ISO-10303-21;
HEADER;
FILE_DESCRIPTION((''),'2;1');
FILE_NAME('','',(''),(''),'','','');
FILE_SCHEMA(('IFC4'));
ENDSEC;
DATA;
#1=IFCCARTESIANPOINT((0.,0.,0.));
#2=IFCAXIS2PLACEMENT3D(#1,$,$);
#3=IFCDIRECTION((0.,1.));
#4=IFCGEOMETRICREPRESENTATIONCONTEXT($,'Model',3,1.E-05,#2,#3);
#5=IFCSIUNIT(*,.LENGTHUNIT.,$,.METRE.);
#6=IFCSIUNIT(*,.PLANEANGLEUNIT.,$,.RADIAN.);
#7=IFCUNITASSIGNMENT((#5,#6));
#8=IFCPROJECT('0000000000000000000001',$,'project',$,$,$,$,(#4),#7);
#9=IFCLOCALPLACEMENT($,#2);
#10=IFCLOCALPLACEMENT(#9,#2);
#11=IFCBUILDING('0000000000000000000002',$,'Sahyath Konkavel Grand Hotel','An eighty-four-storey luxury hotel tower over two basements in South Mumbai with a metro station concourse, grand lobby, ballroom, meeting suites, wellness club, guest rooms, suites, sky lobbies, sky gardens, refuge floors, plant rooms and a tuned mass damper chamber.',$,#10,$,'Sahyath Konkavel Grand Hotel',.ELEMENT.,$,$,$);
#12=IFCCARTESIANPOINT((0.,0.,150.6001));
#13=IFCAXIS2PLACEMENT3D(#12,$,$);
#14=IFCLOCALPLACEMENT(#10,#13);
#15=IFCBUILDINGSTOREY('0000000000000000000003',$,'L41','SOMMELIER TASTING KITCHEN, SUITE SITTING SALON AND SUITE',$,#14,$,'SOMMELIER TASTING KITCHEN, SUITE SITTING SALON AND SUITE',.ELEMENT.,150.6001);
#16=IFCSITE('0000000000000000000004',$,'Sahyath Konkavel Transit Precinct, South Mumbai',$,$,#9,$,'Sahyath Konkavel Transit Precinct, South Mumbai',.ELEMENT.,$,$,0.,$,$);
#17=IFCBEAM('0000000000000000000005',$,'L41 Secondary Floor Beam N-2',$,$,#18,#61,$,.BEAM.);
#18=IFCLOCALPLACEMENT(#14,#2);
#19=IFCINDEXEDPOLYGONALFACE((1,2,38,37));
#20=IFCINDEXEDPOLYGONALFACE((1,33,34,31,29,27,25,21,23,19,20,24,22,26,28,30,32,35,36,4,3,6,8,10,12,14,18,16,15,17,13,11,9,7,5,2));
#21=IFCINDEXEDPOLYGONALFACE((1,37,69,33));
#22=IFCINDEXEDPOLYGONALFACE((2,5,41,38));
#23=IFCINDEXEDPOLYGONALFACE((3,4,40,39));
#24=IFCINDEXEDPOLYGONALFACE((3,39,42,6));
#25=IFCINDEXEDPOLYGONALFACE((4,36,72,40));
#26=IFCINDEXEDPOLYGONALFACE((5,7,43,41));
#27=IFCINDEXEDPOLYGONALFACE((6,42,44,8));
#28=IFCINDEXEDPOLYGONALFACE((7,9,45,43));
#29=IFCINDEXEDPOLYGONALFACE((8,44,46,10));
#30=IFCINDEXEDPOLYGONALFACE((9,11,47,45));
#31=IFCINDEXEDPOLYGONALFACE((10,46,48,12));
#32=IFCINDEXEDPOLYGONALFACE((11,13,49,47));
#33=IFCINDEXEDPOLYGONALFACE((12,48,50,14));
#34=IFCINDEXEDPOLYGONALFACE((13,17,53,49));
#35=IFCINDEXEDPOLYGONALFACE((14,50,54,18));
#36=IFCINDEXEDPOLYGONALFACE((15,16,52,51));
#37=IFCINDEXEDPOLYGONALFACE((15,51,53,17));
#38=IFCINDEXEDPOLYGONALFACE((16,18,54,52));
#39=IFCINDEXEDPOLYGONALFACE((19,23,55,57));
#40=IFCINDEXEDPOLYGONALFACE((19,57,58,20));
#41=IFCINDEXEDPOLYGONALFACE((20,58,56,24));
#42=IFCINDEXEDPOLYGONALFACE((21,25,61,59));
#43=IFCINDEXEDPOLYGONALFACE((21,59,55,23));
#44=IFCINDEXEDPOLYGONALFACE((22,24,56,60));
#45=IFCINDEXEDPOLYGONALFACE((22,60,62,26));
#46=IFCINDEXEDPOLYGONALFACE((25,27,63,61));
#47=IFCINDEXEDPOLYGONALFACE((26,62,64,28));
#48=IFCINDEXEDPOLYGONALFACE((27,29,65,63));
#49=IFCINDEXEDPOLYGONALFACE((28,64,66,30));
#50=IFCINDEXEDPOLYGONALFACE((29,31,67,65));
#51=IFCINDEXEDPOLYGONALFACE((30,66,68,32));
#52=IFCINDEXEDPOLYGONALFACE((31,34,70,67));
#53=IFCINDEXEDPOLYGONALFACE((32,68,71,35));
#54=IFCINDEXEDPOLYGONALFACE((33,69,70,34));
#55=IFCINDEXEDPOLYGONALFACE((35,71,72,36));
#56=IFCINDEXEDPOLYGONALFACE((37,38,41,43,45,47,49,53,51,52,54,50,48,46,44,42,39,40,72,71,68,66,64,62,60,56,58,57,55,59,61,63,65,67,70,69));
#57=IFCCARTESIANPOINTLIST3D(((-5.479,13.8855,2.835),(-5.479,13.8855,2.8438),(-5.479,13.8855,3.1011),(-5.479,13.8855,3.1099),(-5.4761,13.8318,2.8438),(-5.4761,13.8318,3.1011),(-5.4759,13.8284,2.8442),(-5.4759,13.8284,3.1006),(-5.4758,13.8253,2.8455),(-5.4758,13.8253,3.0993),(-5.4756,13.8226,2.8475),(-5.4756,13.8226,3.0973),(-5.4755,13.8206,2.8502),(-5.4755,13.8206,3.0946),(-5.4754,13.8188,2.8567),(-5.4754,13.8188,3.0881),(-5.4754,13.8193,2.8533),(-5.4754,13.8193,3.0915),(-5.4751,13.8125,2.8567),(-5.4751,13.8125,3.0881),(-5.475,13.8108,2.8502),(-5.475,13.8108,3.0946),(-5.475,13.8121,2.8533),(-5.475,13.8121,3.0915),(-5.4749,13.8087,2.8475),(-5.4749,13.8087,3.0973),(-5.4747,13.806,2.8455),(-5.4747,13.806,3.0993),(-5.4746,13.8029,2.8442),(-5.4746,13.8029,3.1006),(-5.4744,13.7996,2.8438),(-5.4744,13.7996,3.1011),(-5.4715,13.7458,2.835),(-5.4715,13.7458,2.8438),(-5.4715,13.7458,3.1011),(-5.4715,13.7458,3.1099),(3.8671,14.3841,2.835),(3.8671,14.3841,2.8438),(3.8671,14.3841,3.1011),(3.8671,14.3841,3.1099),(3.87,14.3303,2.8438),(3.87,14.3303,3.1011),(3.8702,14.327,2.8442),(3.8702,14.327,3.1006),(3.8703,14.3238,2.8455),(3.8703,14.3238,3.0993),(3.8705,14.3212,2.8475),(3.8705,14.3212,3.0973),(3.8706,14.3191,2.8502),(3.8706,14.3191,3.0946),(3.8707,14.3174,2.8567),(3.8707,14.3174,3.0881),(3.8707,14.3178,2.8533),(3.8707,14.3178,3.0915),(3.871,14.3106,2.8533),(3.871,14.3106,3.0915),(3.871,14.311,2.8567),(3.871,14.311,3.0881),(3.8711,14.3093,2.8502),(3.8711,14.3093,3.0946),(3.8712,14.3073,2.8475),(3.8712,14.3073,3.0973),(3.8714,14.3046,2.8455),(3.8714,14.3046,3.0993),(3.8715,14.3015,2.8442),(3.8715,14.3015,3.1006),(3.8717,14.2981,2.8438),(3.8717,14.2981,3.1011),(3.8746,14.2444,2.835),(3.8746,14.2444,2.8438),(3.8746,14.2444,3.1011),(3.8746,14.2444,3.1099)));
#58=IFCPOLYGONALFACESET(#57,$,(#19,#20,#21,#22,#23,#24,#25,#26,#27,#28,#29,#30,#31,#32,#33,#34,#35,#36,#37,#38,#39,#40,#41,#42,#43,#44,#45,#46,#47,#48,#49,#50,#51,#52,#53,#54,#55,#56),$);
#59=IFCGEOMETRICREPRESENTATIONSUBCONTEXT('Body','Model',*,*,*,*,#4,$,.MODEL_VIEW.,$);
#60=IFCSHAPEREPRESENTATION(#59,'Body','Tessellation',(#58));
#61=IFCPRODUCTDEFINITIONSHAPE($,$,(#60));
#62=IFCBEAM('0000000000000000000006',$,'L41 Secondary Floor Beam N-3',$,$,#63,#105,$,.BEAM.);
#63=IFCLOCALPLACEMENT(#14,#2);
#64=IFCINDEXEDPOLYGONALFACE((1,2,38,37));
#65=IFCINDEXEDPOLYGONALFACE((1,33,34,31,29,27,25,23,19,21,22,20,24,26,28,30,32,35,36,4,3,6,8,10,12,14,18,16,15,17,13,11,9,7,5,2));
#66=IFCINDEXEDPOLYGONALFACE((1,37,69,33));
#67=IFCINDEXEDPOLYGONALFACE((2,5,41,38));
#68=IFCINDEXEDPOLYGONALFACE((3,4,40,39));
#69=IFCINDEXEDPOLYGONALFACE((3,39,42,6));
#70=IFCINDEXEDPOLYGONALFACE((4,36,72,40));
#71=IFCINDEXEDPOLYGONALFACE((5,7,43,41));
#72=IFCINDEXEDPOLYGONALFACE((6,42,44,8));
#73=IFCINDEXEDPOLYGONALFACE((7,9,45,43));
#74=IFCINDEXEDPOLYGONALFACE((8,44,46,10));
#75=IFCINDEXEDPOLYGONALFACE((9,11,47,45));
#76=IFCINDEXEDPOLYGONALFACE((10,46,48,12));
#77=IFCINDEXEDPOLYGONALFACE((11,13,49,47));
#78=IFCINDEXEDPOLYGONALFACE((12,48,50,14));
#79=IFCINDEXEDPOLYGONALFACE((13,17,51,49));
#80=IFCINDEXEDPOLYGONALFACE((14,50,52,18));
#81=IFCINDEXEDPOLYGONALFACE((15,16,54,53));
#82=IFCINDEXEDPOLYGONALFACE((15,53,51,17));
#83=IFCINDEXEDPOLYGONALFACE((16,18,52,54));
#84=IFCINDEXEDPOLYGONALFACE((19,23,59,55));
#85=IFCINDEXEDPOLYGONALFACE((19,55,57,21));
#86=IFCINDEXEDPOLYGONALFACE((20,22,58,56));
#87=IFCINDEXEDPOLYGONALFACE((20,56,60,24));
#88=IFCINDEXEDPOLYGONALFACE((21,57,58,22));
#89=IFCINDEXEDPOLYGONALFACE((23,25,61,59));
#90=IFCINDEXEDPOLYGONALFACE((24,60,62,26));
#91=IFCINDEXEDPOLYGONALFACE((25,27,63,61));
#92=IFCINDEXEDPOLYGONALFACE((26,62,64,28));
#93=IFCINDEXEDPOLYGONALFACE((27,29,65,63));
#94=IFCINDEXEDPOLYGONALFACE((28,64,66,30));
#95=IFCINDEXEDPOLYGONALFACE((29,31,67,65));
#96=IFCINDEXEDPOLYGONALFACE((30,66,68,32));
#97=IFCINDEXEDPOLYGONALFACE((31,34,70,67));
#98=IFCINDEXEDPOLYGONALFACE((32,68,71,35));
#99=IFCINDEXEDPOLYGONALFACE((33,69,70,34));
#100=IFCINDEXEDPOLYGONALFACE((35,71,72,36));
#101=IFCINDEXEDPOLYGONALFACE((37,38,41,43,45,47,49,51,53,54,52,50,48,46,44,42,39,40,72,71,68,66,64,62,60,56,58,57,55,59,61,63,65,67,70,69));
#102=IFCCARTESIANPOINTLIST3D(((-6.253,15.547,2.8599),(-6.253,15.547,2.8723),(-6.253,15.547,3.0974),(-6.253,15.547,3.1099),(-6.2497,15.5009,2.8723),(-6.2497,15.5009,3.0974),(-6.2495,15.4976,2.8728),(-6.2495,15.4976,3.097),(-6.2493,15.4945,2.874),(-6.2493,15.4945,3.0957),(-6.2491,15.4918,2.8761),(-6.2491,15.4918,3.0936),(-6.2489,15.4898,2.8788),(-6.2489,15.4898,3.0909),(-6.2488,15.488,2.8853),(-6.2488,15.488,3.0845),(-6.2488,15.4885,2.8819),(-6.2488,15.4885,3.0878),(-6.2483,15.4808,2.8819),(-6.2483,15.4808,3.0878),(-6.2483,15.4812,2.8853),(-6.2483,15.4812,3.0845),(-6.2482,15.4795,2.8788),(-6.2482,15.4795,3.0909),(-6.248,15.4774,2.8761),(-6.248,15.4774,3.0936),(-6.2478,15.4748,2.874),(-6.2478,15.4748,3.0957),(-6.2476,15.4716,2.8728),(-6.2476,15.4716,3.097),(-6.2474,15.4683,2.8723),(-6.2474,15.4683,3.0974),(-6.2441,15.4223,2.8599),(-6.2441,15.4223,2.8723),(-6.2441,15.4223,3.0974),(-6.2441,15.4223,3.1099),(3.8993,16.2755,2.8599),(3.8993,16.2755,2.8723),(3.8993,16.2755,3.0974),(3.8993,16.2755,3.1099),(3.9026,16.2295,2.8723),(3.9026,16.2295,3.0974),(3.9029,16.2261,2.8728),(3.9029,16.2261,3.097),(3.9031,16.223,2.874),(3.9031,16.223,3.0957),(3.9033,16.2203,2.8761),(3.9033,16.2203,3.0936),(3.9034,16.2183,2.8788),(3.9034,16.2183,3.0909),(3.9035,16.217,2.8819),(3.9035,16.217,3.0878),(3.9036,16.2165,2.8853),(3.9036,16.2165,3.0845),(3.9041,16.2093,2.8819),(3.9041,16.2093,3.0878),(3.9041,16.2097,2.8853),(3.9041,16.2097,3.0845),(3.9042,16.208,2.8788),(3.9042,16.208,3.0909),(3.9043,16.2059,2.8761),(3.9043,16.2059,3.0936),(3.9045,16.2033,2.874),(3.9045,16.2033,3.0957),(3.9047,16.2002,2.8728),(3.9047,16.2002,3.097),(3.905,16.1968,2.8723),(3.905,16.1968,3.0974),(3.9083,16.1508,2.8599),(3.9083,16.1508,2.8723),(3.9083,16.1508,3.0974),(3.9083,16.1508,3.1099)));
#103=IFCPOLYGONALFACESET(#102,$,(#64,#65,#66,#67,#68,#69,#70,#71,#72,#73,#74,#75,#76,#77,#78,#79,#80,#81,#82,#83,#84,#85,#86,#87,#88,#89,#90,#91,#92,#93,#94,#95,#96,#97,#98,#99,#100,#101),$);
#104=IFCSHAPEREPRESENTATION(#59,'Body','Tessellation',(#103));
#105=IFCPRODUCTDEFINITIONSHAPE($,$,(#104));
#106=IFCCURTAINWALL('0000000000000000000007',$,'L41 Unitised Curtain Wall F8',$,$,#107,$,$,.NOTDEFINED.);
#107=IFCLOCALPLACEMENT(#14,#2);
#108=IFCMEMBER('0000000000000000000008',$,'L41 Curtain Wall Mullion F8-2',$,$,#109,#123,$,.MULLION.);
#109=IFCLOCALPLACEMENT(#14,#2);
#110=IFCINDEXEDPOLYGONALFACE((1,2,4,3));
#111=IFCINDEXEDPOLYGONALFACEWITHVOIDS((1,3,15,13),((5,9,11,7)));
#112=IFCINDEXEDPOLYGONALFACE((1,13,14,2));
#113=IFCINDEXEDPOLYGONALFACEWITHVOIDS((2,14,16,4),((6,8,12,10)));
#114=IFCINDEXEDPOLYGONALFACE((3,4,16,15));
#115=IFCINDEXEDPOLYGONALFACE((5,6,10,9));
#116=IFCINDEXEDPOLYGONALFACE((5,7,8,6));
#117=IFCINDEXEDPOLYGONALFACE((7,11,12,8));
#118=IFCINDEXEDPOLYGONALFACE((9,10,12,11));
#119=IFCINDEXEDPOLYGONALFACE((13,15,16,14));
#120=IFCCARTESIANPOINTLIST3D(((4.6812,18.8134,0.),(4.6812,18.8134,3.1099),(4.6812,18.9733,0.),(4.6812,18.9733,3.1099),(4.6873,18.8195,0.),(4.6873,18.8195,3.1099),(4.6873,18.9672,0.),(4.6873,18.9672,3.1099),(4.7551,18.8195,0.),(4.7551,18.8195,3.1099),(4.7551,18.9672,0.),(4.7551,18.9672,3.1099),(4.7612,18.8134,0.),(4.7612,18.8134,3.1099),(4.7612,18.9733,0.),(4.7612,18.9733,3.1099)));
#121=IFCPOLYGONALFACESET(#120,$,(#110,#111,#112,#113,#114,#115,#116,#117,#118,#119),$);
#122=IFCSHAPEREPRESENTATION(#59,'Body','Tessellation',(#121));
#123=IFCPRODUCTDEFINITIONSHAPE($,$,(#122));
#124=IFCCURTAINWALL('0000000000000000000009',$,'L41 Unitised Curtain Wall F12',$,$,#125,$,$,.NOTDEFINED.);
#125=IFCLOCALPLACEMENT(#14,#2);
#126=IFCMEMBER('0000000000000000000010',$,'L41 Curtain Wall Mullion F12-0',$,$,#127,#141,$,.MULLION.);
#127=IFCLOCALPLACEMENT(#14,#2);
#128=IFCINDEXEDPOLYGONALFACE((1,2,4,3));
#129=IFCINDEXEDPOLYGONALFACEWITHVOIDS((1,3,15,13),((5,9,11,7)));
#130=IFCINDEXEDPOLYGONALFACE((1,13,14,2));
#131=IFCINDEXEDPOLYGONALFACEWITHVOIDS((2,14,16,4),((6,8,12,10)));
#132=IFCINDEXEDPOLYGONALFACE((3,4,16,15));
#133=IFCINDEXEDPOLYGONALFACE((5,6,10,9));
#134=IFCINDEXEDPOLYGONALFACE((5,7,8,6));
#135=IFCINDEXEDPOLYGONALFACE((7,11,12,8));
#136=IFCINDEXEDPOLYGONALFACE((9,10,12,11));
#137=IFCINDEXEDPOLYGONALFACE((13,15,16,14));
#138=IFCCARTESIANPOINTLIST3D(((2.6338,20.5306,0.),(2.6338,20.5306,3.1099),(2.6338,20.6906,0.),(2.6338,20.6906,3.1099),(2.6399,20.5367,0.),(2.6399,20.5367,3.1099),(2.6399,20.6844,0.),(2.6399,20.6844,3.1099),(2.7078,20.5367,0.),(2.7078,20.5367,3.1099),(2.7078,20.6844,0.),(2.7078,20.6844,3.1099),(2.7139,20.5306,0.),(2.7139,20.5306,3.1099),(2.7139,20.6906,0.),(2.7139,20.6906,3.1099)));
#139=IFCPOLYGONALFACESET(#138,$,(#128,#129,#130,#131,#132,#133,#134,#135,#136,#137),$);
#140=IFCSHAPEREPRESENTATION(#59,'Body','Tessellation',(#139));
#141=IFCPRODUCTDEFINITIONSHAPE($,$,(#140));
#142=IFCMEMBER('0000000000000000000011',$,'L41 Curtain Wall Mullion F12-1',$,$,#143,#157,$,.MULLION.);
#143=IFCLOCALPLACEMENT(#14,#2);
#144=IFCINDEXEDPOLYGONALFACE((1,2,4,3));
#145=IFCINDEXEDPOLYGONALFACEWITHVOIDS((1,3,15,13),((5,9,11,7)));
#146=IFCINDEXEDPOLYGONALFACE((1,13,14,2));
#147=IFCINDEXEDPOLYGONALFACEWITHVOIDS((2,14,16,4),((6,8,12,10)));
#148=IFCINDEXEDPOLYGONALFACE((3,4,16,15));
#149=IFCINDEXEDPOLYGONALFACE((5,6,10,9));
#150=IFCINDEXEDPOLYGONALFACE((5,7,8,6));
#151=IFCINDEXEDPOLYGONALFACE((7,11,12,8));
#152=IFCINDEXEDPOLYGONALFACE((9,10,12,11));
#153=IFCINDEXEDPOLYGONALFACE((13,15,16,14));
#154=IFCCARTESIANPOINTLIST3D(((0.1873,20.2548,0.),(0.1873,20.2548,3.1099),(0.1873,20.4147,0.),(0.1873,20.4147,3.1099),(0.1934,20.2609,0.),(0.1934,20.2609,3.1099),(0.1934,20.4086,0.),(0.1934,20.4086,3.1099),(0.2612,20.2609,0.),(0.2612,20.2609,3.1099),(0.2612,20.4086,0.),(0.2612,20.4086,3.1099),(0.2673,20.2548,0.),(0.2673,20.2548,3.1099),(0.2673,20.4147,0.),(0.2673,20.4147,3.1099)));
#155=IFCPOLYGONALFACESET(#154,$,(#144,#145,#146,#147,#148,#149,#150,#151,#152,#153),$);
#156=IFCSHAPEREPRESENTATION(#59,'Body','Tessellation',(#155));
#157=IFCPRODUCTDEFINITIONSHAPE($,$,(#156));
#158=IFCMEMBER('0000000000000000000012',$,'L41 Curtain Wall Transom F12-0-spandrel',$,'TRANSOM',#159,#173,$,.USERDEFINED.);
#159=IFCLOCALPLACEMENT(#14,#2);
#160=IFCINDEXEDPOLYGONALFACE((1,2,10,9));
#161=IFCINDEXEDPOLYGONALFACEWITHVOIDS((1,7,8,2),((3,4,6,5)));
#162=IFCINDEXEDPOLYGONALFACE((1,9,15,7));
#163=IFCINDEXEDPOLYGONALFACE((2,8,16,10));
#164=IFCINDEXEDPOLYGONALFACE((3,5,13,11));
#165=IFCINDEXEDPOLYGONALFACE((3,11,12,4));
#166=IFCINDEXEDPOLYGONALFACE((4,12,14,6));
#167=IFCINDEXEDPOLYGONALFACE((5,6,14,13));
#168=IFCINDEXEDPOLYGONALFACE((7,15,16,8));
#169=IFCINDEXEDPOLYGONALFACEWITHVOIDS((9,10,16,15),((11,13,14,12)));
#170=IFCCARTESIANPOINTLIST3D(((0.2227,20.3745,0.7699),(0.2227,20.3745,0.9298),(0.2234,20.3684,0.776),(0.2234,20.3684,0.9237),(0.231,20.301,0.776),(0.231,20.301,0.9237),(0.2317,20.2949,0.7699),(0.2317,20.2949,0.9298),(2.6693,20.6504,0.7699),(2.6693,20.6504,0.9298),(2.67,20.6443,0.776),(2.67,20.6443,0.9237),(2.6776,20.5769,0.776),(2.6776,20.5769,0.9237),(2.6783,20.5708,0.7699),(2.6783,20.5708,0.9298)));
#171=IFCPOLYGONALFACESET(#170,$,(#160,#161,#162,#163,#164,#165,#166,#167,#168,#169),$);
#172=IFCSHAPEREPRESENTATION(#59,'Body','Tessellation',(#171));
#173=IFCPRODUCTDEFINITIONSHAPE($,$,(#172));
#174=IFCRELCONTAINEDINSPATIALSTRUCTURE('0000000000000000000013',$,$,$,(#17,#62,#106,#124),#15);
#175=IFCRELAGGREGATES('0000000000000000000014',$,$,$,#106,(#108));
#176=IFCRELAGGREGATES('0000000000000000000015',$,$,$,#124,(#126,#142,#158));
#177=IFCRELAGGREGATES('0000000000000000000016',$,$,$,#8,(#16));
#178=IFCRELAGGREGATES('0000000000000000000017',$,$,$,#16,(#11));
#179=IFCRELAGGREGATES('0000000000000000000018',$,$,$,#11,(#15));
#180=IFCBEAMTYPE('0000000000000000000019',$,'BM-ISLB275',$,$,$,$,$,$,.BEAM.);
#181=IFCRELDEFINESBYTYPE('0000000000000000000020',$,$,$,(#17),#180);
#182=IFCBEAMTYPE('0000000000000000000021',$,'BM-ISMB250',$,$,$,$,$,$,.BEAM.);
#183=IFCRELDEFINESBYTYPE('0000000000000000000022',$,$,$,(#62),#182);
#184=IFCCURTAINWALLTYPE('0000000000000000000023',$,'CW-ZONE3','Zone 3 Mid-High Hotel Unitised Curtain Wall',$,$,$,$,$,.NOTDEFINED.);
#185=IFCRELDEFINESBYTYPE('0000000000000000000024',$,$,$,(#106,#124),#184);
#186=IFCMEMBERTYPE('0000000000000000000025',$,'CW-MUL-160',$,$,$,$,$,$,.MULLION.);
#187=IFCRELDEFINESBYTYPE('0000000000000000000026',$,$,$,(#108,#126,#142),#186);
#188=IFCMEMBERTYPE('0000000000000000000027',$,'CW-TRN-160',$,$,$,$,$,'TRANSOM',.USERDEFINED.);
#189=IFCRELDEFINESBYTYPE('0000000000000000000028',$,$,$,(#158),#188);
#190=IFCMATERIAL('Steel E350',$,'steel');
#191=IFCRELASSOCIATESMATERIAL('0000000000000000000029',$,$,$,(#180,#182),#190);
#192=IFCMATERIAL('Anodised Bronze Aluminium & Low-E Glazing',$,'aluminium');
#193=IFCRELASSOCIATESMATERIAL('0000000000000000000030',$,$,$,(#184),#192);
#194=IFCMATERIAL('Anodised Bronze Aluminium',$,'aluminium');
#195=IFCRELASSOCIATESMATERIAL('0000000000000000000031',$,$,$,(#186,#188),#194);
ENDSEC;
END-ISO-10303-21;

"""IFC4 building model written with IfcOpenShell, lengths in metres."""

from ifc_helpers import new_model, si_unit, direction, frame, origin, origin_2d, place, context, subcontext, project, spatial, hollow_rectangle, i_section, extrude, source, transform, mapped, material, material_profile, profile_set, type_object, element, aggregate, save


model = new_model("IFC4")

# Units and contexts
model_context = context("Model", 3, precision=1e-05, world=origin(), true_north=direction((0.0, 1.0)))
body_context = subcontext(model_context, "Body", "Model", "MODEL_VIEW")
ifc_project = project(units=[si_unit("LENGTHUNIT", "METRE"), si_unit("PLANEANGLEUNIT", "RADIAN")], contexts=[model_context])

# Site, building, storey
site_placement = place(None, origin())
site = spatial("IfcSite", under=ifc_project, at=site_placement, Name="Sahyath Konkavel Transit Precinct, South Mumbai", LongName="Sahyath Konkavel Transit Precinct, South Mumbai", CompositionType="ELEMENT", RefElevation=0.0)
building_placement = place(site_placement, origin())
building = spatial("IfcBuilding", under=site, at=building_placement, Name="Sahyath Konkavel Grand Hotel", Description="An eighty-four-storey luxury hotel tower over two basements in South Mumbai with a metro station concourse, grand lobby, ballroom, meeting suites, wellness club, guest rooms, suites, sky lobbies, sky gardens, refuge floors, plant rooms and a tuned mass damper chamber.", LongName="Sahyath Konkavel Grand Hotel", CompositionType="ELEMENT")
storey_placement = place(building_placement, frame((0.0, 0.0, 150.6001)))
storey = spatial("IfcBuildingStorey", under=building, at=storey_placement, Name="L41", Description="SOMMELIER TASTING KITCHEN, SUITE SITTING SALON AND SUITE", LongName="SOMMELIER TASTING KITCHEN, SUITE SITTING SALON AND SUITE", CompositionType="ELEMENT", Elevation=150.6001)

# Beams
ifc_material_1 = material(Name="Steel E350", Category="steel")
ifc_material_profile_1 = material_profile(ifc_material_1, i_section(OverallWidth=0.1399, OverallDepth=0.2749, WebThickness=0.0063, FlangeThickness=0.0088, FilletRadius=0.0129, at=origin_2d()), Name="ISLB 275")
ifc_profile_set_1 = profile_set([ifc_material_profile_1], Name="Steel E350")
beam_type_1 = type_object("IfcBeamType", Name="BM-ISLB275", PredefinedType="BEAM", material=ifc_profile_set_1)
shared_shape_1 = source(origin(), body_context, "Body", "SweptSolid", [
    extrude(i_section(OverallWidth=0.1399, OverallDepth=0.2749, WebThickness=0.0063, FlangeThickness=0.0088, FilletRadius=0.0129, at=origin_2d()), origin(), (0.0, 0.0, 1.0), 9.3594),
])
beam_1_placement = place(storey_placement, frame((3.8708, 14.3142, 2.9724), z_axis=(-0.99858, -0.053265, 0.0), x_axis=(0.053265, -0.99858, 0.0)))
element("IfcBeam", 1, at=beam_1_placement, inside=storey, type_object=beam_type_1, Name="L41 Secondary Floor Beam N-2", PredefinedType="BEAM", context=body_context, shape_type="MappedRepresentation", body=[
    mapped(shared_shape_1, transform((0.0, 0.0, 0.0), scale=1.0)),
])
ifc_material_profile_2 = material_profile(ifc_material_1, i_section(OverallWidth=0.125, OverallDepth=0.25, WebThickness=0.0068, FlangeThickness=0.0125, FilletRadius=0.0129, at=origin_2d()), Name="ISMB 250")
ifc_profile_set_2 = profile_set([ifc_material_profile_2], Name="Steel E350")
beam_type_2 = type_object("IfcBeamType", Name="BM-ISMB250", PredefinedType="BEAM", material=ifc_profile_set_2)
shared_shape_2 = source(origin(), body_context, "Body", "SweptSolid", [
    extrude(i_section(OverallWidth=0.125, OverallDepth=0.25, WebThickness=0.0068, FlangeThickness=0.0125, FilletRadius=0.0129, at=origin_2d()), origin(), (0.0, 0.0, 1.0), 10.1785),
])
beam_2_placement = place(storey_placement, frame((3.9038, 16.2131, 2.9849), z_axis=(-0.997435, -0.071574, 0.0), x_axis=(0.071574, -0.997435, 0.0)))
element("IfcBeam", 2, at=beam_2_placement, inside=storey, type_object=beam_type_2, Name="L41 Secondary Floor Beam N-3", PredefinedType="BEAM", context=body_context, shape_type="MappedRepresentation", body=[
    mapped(shared_shape_2, transform((0.0, 0.0, 0.0), scale=1.0)),
])

# Curtain wall, member
ifc_material_2 = material(Name="Anodised Bronze Aluminium & Low-E Glazing", Category="aluminium")
curtain_wall_type = type_object("IfcCurtainWallType", Name="CW-ZONE3", Description="Zone 3 Mid-High Hotel Unitised Curtain Wall", PredefinedType="NOTDEFINED", material=ifc_material_2)
curtain_wall_1_placement = place(storey_placement, origin())
curtain_wall_1 = element("IfcCurtainWall", 3, at=curtain_wall_1_placement, inside=storey, type_object=curtain_wall_type, Name="L41 Unitised Curtain Wall F8", PredefinedType="NOTDEFINED")
ifc_material_3 = material(Name="Anodised Bronze Aluminium", Category="aluminium")
ifc_material_profile_3 = material_profile(ifc_material_3, hollow_rectangle(XDim=0.0801, YDim=0.1599, WallThickness=0.0061, at=origin_2d()), Name="RHS 160x80x6")
ifc_profile_set_3 = profile_set([ifc_material_profile_3], Name="Anodised Bronze Aluminium")
member_type_1 = type_object("IfcMemberType", Name="CW-MUL-160", PredefinedType="MULLION", material=ifc_profile_set_3)
shared_shape_3 = source(origin(), body_context, "Body", "SweptSolid", [
    extrude(hollow_rectangle(XDim=0.0801, YDim=0.1599, WallThickness=0.0061, at=origin_2d()), origin(), (0.0, 0.0, 1.0), 3.1099),
])
member_1_placement = place(storey_placement, frame((4.7212, 18.8933, 0.0), z_axis=(0.0, 0.0, 1.0), x_axis=(1.0, 0.0, 0.0)))
member_1 = element("IfcMember", 4, at=member_1_placement, type_object=member_type_1, Name="L41 Curtain Wall Mullion F8-2", PredefinedType="MULLION", context=body_context, shape_type="MappedRepresentation", body=[
    mapped(shared_shape_3, transform((0.0, 0.0, 0.0), scale=1.0)),
])
aggregate(curtain_wall_1, [member_1])

# Curtain wall, members
curtain_wall_2_placement = place(storey_placement, origin())
curtain_wall_2 = element("IfcCurtainWall", 5, at=curtain_wall_2_placement, inside=storey, type_object=curtain_wall_type, Name="L41 Unitised Curtain Wall F12", PredefinedType="NOTDEFINED")
member_2_placement = place(storey_placement, frame((2.6738, 20.6106, 0.0), z_axis=(0.0, 0.0, 1.0), x_axis=(1.0, 0.0, 0.0)))
member_2 = element("IfcMember", 6, at=member_2_placement, type_object=member_type_1, Name="L41 Curtain Wall Mullion F12-0", PredefinedType="MULLION", context=body_context, shape_type="MappedRepresentation", body=[
    mapped(shared_shape_3, transform((0.0, 0.0, 0.0), scale=1.0)),
])
member_3_placement = place(storey_placement, frame((0.2273, 20.3347, 0.0), z_axis=(0.0, 0.0, 1.0), x_axis=(1.0, 0.0, 0.0)))
member_3 = element("IfcMember", 7, at=member_3_placement, type_object=member_type_1, Name="L41 Curtain Wall Mullion F12-1", PredefinedType="MULLION", context=body_context, shape_type="MappedRepresentation", body=[
    mapped(shared_shape_3, transform((0.0, 0.0, 0.0), scale=1.0)),
])
ifc_material_profile_4 = material_profile(ifc_material_3, hollow_rectangle(XDim=0.0801, YDim=0.1599, WallThickness=0.0061, at=origin_2d()), Name="RHS 160x80x6")
ifc_profile_set_4 = profile_set([ifc_material_profile_4], Name="Anodised Bronze Aluminium")
member_type_2 = type_object("IfcMemberType", Name="CW-TRN-160", ElementType="TRANSOM", PredefinedType="USERDEFINED", material=ifc_profile_set_4)
shared_shape_4 = source(origin(), body_context, "Body", "SweptSolid", [
    extrude(hollow_rectangle(XDim=0.0801, YDim=0.1599, WallThickness=0.0061, at=origin_2d()), origin(), (0.0, 0.0, 1.0), 2.4622),
])
member_4_placement = place(storey_placement, frame((2.6738, 20.6106, 0.8499), z_axis=(-0.993702, -0.112053, 0.0), x_axis=(0.112053, -0.993702, 0.0)))
member_4 = element("IfcMember", 8, at=member_4_placement, type_object=member_type_2, Name="L41 Curtain Wall Transom F12-0-spandrel", ObjectType="TRANSOM", PredefinedType="USERDEFINED", context=body_context, shape_type="MappedRepresentation", body=[
    mapped(shared_shape_4, transform((0.0, 0.0, 0.0), scale=1.0)),
])
aggregate(curtain_wall_2, [member_2, member_3, member_4])

save(model, "model.ifc")
